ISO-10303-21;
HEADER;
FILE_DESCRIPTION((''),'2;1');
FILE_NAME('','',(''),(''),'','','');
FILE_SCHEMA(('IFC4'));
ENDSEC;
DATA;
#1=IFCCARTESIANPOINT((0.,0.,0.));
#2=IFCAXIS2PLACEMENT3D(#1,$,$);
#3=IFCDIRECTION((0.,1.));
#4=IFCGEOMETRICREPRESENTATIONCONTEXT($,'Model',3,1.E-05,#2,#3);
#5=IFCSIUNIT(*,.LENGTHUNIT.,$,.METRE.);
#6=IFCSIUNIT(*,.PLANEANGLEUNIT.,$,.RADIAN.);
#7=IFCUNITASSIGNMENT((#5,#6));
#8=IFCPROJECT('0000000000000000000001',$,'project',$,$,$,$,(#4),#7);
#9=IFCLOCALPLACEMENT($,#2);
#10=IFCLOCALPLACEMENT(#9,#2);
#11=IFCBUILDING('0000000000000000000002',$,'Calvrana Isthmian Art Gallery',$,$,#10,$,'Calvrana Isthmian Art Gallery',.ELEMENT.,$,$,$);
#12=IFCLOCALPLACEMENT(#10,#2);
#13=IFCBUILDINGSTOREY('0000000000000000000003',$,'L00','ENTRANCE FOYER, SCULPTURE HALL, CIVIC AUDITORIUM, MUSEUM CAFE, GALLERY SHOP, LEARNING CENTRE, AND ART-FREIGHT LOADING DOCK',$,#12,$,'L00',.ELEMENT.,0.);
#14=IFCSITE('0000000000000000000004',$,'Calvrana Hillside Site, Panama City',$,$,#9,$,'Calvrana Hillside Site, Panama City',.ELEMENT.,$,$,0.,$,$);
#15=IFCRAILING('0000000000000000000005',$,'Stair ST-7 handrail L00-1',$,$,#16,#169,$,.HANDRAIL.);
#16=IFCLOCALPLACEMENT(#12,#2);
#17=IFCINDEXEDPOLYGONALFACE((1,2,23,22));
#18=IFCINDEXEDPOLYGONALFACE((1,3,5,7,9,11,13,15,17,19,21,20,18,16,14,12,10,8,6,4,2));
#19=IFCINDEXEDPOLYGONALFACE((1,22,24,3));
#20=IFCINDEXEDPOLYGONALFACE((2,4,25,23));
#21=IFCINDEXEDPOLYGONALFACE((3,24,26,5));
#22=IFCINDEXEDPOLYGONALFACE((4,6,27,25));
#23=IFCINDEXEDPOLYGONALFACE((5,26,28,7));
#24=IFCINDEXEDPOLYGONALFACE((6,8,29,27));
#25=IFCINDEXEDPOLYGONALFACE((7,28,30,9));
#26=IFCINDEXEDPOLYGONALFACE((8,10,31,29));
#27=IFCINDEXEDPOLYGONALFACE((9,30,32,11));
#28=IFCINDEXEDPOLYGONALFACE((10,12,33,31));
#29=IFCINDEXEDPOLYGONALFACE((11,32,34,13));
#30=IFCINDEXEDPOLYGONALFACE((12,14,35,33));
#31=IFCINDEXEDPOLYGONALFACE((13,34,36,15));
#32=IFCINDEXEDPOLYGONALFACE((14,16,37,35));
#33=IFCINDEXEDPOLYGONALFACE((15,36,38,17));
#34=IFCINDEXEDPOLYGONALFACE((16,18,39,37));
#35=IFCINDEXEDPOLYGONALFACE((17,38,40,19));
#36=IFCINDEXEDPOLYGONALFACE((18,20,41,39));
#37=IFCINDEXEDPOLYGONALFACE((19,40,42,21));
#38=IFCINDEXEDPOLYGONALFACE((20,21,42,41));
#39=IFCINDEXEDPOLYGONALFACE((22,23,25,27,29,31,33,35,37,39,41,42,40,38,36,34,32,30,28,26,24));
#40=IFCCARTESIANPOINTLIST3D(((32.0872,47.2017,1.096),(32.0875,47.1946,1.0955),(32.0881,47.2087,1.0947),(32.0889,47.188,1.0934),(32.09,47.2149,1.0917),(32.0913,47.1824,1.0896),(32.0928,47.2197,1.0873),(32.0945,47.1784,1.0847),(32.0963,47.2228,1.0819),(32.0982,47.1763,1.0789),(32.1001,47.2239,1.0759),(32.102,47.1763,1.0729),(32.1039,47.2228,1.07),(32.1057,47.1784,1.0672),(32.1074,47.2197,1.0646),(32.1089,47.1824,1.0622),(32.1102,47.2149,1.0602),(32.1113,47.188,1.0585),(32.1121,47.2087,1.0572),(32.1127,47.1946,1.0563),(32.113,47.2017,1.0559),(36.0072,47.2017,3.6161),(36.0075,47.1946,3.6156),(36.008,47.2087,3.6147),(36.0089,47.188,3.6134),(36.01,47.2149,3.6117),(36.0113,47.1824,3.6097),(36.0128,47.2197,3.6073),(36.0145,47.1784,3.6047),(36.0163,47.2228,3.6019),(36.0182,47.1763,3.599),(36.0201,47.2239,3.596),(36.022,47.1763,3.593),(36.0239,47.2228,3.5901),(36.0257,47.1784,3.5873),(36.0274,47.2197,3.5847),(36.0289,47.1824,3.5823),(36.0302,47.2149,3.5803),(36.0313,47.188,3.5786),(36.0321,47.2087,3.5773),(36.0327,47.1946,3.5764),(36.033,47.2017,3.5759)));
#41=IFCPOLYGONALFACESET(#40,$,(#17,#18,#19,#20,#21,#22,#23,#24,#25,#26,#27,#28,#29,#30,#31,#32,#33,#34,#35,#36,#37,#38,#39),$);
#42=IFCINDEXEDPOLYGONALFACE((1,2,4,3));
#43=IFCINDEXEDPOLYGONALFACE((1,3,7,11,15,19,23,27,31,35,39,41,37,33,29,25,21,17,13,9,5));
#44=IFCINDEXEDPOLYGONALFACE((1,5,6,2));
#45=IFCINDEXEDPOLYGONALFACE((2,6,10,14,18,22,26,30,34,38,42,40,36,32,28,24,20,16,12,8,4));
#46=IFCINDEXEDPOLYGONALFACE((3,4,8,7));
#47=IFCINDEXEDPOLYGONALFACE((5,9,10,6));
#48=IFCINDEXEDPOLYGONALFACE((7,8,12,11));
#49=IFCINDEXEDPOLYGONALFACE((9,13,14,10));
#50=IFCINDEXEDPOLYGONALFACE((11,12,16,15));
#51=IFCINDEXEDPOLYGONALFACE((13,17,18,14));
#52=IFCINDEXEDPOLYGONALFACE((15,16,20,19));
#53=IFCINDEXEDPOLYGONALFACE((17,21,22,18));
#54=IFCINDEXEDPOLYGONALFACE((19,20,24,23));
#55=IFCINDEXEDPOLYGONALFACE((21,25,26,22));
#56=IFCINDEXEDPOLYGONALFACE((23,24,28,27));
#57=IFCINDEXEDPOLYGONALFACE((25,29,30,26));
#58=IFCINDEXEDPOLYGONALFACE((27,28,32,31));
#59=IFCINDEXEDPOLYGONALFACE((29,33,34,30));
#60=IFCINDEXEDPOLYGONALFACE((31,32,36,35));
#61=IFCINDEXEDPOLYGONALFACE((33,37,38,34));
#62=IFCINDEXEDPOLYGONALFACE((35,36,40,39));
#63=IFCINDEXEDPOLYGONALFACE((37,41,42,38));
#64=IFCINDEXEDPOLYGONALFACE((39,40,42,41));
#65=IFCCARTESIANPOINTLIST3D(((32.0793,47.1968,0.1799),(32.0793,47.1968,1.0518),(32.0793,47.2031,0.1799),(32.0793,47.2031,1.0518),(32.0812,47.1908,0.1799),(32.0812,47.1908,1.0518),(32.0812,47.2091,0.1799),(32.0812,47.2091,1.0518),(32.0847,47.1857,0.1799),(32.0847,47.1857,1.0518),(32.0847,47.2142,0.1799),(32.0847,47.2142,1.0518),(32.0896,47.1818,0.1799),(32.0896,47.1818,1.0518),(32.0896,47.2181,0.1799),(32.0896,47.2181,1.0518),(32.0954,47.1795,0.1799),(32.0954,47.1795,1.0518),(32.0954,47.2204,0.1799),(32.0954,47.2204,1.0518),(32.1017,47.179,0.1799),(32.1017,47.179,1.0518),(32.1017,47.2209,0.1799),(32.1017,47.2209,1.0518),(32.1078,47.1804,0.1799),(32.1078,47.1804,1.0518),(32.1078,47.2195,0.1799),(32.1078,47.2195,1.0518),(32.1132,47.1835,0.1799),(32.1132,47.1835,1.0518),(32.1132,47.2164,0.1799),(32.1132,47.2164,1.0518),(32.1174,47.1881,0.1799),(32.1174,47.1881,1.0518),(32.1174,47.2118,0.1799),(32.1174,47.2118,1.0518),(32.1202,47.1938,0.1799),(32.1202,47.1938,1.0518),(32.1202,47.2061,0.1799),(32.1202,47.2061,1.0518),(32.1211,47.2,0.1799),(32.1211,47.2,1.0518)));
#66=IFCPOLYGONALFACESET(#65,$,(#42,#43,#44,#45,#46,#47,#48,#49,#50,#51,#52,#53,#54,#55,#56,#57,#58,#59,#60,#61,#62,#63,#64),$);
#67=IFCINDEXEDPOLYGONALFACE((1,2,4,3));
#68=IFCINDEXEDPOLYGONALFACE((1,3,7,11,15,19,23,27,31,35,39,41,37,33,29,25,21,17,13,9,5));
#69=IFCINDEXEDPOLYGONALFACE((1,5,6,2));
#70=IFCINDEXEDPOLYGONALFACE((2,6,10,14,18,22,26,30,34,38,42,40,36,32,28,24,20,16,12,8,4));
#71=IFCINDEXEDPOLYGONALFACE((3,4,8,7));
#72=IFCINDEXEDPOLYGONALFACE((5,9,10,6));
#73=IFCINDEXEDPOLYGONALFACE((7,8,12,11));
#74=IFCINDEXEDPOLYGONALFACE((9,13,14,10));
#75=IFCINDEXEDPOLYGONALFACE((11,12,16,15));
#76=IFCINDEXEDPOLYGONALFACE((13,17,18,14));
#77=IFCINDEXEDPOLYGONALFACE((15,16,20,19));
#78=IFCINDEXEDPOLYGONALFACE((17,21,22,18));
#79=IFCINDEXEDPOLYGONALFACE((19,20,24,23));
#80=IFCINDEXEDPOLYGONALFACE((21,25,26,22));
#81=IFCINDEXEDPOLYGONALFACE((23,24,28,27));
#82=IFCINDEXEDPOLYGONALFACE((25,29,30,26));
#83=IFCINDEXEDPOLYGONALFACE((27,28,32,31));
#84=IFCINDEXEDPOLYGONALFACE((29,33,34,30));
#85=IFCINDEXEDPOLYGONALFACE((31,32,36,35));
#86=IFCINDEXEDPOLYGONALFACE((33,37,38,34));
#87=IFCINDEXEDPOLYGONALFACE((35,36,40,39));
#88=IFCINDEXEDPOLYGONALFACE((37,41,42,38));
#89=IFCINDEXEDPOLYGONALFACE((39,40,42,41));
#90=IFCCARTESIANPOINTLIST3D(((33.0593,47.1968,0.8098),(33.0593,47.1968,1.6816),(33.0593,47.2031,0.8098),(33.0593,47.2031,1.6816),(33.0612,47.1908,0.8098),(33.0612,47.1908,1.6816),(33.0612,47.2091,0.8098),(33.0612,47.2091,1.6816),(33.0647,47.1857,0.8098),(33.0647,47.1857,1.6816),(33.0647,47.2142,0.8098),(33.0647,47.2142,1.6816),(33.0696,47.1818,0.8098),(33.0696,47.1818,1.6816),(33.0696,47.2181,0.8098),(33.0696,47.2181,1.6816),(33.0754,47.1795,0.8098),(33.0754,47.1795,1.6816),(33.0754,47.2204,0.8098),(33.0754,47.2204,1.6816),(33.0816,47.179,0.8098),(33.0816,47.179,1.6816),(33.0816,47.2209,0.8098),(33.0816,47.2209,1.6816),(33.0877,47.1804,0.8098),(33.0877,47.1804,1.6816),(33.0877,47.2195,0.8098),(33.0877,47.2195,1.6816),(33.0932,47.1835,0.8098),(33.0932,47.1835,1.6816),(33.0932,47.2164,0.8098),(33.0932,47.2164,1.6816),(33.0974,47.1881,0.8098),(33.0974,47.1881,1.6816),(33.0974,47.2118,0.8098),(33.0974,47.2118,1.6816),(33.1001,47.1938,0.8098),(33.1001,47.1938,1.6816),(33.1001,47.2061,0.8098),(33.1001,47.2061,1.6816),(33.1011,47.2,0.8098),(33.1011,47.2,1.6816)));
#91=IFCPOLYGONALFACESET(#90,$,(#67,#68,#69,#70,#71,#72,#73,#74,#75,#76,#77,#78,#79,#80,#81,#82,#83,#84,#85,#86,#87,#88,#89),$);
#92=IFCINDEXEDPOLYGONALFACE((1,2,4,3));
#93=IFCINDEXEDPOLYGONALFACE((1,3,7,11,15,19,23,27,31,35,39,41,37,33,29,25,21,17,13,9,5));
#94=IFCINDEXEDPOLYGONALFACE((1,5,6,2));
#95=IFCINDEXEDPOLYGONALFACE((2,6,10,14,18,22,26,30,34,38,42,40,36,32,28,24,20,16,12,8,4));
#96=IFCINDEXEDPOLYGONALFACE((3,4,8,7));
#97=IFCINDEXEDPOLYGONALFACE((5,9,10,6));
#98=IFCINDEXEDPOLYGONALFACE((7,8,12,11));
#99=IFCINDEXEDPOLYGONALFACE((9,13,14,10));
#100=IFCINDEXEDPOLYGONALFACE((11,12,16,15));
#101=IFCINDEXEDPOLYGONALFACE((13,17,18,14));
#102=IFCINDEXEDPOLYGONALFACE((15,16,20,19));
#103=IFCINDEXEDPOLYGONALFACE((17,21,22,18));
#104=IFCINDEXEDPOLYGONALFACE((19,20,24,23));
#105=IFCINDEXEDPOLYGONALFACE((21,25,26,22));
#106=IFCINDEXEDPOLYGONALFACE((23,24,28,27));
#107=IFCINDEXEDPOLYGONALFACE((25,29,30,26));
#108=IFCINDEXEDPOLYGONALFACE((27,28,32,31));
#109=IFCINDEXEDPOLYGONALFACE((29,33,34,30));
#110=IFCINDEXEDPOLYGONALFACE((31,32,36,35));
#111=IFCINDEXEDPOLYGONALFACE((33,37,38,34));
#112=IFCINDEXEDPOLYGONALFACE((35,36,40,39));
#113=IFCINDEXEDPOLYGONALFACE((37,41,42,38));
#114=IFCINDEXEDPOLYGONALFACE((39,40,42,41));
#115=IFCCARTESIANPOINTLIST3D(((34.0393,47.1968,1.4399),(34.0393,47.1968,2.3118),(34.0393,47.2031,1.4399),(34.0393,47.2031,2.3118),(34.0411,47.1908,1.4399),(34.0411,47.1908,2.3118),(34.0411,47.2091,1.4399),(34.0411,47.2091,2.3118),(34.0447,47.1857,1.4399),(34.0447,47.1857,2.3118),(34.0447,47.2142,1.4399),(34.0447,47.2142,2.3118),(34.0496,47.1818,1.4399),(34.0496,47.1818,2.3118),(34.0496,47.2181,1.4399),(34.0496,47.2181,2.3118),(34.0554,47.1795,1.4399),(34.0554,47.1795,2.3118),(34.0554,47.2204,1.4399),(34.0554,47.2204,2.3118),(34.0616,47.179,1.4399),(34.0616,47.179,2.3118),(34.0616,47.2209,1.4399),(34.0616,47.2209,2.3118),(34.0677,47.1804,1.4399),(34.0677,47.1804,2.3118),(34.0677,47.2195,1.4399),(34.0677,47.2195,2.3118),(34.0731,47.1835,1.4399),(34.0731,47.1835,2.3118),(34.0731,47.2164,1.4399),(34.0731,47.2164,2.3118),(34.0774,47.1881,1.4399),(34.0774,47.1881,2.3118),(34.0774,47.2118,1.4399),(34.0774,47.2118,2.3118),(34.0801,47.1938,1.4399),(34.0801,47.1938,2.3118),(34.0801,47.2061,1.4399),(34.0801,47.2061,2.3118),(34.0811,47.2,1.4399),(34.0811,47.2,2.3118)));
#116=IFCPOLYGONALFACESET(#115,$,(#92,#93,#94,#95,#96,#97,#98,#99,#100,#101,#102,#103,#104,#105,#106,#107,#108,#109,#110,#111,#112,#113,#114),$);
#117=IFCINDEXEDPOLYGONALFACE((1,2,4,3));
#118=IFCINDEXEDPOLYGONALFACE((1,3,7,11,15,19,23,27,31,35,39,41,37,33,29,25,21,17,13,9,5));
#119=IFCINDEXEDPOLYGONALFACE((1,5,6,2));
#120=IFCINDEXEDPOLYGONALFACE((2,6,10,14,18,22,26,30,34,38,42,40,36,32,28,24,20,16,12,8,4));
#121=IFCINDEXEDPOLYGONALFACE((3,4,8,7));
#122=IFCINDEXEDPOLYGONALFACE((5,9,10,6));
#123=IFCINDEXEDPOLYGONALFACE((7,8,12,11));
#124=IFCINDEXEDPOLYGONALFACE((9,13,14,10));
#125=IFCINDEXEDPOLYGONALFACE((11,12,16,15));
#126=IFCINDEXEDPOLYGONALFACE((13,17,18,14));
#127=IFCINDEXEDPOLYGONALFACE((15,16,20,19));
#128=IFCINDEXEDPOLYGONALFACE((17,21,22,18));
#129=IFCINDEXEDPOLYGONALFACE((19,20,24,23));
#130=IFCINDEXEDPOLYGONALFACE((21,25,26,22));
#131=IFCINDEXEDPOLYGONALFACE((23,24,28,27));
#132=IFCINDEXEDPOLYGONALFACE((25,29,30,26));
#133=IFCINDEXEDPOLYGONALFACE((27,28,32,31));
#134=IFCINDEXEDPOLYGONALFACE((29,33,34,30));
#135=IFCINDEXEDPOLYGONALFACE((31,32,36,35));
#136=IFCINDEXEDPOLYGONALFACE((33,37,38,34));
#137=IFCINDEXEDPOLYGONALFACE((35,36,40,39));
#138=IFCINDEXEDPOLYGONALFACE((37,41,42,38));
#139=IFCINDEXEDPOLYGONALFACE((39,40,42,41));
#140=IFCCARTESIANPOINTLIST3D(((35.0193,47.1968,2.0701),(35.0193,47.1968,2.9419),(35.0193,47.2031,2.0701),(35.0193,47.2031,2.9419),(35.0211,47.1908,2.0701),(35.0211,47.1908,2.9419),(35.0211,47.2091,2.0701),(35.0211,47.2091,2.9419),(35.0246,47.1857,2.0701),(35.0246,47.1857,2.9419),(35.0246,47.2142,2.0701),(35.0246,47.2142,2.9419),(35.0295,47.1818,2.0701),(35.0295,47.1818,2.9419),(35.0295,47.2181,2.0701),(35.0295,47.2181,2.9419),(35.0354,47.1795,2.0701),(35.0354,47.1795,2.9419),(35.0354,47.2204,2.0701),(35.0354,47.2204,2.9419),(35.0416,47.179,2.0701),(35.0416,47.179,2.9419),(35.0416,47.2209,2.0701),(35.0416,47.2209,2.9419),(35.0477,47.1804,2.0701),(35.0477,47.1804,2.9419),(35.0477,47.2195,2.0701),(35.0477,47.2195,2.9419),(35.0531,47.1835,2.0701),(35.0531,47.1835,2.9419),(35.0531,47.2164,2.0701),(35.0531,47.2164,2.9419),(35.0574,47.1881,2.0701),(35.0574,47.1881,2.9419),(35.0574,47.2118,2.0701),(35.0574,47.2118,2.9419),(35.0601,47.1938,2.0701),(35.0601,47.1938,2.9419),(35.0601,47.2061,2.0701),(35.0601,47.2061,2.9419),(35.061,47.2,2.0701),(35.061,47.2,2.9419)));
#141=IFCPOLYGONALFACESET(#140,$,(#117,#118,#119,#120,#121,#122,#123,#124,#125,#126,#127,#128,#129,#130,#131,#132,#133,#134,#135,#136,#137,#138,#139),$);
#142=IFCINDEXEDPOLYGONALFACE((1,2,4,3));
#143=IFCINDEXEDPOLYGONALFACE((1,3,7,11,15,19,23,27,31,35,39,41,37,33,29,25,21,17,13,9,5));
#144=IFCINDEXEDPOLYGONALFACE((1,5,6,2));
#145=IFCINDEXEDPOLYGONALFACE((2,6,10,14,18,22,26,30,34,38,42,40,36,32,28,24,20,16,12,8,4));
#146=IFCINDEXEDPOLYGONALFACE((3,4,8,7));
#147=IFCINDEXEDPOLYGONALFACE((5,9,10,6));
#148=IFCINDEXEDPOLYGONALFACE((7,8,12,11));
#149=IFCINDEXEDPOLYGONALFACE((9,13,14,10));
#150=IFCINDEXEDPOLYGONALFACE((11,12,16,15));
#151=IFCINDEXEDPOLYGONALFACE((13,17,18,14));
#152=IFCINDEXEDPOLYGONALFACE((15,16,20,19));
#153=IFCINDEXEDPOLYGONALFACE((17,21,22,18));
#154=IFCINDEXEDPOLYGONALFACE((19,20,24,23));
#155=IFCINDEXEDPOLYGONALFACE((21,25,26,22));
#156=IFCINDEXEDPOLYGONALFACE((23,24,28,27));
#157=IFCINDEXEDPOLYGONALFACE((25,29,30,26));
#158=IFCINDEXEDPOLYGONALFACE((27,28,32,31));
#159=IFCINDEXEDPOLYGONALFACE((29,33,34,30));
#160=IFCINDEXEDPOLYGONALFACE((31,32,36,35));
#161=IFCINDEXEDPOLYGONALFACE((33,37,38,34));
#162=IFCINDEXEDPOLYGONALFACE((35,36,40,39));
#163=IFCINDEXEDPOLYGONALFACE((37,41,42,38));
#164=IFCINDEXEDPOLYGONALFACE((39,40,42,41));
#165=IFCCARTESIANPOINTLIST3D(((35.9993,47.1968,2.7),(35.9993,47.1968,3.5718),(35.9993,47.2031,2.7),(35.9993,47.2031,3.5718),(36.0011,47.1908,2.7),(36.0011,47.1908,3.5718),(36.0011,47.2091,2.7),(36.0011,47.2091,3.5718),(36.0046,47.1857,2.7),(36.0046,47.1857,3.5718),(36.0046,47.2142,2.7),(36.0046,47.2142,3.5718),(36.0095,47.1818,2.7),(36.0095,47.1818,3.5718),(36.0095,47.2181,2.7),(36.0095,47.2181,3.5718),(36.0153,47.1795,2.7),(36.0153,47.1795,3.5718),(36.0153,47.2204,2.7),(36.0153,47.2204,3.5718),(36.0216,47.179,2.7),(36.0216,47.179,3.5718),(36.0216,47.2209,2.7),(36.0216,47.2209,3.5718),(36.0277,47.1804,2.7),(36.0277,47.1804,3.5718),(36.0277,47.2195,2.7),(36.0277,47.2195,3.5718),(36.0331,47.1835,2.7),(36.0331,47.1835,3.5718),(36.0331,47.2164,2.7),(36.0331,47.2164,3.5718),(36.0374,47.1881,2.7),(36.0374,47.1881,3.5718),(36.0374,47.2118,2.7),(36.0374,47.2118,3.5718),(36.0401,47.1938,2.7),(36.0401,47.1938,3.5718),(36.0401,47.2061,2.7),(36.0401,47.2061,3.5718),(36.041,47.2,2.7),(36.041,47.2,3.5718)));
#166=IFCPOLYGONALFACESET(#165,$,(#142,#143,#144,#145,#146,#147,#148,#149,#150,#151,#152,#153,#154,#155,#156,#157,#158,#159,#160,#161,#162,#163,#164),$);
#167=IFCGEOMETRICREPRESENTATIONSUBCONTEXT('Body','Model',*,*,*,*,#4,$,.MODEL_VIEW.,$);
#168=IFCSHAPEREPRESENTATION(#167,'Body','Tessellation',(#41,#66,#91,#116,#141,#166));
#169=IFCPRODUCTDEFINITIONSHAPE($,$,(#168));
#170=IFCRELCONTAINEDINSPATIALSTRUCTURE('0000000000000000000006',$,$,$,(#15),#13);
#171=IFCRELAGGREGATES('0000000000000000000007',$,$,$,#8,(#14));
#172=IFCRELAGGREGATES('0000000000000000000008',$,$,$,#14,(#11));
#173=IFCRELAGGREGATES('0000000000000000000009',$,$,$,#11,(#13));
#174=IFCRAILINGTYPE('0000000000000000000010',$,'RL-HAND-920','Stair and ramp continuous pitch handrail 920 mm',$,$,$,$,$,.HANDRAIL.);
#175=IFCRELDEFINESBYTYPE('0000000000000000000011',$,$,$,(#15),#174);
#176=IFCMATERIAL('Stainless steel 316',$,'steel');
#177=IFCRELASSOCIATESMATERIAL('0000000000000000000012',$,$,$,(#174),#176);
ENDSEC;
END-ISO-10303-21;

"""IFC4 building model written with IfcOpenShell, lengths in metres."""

from ifc_helpers import new_model, si_unit, direction, frame, origin, origin_2d, place, context, subcontext, project, spatial, circle, extrude, material, type_object, element, save


model = new_model("IFC4")

# Units and contexts
model_context = context("Model", 3, precision=1e-05, world=origin(), true_north=direction((0.0, 1.0)))
body_context = subcontext(model_context, "Body", "Model", "MODEL_VIEW")
ifc_project = project(units=[si_unit("LENGTHUNIT", "METRE"), si_unit("PLANEANGLEUNIT", "RADIAN")], contexts=[model_context])

# Site, building, storey
site_placement = place(None, origin())
site = spatial("IfcSite", under=ifc_project, at=site_placement, Name="Calvrana Hillside Site, Panama City", LongName="Calvrana Hillside Site, Panama City", CompositionType="ELEMENT", RefElevation=0.0)
building_placement = place(site_placement, origin())
building = spatial("IfcBuilding", under=site, at=building_placement, Name="Calvrana Isthmian Art Gallery", LongName="Calvrana Isthmian Art Gallery", CompositionType="ELEMENT")
storey_placement = place(building_placement, origin())
storey = spatial("IfcBuildingStorey", under=building, at=storey_placement, Name="L00", Description="ENTRANCE FOYER, SCULPTURE HALL, CIVIC AUDITORIUM, MUSEUM CAFE, GALLERY SHOP, LEARNING CENTRE, AND ART-FREIGHT LOADING DOCK", LongName="L00", CompositionType="ELEMENT", Elevation=0.0)

# Railing
ifc_material_1 = material(Name="Stainless steel 316", Category="steel")
railing_type_1 = type_object("IfcRailingType", Name="RL-HAND-920", Description="Stair and ramp continuous pitch handrail 920 mm", PredefinedType="HANDRAIL", material=ifc_material_1)
railing_1_placement = place(storey_placement, frame((32.1001, 47.2, 0.1799)))
element("IfcRailing", 1, at=railing_1_placement, inside=storey, type_object=railing_type_1, Name="Stair ST-7 handrail L00-1", PredefinedType="HANDRAIL", context=body_context, shape_type="SweptSolid", body=[
    extrude(circle(Radius=0.0239, at=origin_2d()), frame((0.0, 0.0, 0.896), z_axis=(0.841172, 0.0, 0.540768), x_axis=(0.0, 1.0, 0.0)), (0.0, 0.0, 1.0), 4.6602),
    extrude(circle(Radius=0.021, at=origin_2d()), origin(), (0.0, 0.0, 1.0), 0.8718),
    extrude(circle(Radius=0.021, at=origin_2d()), frame((0.98, 0.0, 0.6299)), (0.0, 0.0, 1.0), 0.8718),
    extrude(circle(Radius=0.021, at=origin_2d()), frame((1.96, 0.0, 1.26)), (0.0, 0.0, 1.0), 0.8718),
    extrude(circle(Radius=0.021, at=origin_2d()), frame((2.9399, 0.0, 1.8901)), (0.0, 0.0, 1.0), 0.8718),
    extrude(circle(Radius=0.021, at=origin_2d()), frame((3.9199, 0.0, 2.52)), (0.0, 0.0, 1.0), 0.8718),
])

save(model, "model.ifc")
